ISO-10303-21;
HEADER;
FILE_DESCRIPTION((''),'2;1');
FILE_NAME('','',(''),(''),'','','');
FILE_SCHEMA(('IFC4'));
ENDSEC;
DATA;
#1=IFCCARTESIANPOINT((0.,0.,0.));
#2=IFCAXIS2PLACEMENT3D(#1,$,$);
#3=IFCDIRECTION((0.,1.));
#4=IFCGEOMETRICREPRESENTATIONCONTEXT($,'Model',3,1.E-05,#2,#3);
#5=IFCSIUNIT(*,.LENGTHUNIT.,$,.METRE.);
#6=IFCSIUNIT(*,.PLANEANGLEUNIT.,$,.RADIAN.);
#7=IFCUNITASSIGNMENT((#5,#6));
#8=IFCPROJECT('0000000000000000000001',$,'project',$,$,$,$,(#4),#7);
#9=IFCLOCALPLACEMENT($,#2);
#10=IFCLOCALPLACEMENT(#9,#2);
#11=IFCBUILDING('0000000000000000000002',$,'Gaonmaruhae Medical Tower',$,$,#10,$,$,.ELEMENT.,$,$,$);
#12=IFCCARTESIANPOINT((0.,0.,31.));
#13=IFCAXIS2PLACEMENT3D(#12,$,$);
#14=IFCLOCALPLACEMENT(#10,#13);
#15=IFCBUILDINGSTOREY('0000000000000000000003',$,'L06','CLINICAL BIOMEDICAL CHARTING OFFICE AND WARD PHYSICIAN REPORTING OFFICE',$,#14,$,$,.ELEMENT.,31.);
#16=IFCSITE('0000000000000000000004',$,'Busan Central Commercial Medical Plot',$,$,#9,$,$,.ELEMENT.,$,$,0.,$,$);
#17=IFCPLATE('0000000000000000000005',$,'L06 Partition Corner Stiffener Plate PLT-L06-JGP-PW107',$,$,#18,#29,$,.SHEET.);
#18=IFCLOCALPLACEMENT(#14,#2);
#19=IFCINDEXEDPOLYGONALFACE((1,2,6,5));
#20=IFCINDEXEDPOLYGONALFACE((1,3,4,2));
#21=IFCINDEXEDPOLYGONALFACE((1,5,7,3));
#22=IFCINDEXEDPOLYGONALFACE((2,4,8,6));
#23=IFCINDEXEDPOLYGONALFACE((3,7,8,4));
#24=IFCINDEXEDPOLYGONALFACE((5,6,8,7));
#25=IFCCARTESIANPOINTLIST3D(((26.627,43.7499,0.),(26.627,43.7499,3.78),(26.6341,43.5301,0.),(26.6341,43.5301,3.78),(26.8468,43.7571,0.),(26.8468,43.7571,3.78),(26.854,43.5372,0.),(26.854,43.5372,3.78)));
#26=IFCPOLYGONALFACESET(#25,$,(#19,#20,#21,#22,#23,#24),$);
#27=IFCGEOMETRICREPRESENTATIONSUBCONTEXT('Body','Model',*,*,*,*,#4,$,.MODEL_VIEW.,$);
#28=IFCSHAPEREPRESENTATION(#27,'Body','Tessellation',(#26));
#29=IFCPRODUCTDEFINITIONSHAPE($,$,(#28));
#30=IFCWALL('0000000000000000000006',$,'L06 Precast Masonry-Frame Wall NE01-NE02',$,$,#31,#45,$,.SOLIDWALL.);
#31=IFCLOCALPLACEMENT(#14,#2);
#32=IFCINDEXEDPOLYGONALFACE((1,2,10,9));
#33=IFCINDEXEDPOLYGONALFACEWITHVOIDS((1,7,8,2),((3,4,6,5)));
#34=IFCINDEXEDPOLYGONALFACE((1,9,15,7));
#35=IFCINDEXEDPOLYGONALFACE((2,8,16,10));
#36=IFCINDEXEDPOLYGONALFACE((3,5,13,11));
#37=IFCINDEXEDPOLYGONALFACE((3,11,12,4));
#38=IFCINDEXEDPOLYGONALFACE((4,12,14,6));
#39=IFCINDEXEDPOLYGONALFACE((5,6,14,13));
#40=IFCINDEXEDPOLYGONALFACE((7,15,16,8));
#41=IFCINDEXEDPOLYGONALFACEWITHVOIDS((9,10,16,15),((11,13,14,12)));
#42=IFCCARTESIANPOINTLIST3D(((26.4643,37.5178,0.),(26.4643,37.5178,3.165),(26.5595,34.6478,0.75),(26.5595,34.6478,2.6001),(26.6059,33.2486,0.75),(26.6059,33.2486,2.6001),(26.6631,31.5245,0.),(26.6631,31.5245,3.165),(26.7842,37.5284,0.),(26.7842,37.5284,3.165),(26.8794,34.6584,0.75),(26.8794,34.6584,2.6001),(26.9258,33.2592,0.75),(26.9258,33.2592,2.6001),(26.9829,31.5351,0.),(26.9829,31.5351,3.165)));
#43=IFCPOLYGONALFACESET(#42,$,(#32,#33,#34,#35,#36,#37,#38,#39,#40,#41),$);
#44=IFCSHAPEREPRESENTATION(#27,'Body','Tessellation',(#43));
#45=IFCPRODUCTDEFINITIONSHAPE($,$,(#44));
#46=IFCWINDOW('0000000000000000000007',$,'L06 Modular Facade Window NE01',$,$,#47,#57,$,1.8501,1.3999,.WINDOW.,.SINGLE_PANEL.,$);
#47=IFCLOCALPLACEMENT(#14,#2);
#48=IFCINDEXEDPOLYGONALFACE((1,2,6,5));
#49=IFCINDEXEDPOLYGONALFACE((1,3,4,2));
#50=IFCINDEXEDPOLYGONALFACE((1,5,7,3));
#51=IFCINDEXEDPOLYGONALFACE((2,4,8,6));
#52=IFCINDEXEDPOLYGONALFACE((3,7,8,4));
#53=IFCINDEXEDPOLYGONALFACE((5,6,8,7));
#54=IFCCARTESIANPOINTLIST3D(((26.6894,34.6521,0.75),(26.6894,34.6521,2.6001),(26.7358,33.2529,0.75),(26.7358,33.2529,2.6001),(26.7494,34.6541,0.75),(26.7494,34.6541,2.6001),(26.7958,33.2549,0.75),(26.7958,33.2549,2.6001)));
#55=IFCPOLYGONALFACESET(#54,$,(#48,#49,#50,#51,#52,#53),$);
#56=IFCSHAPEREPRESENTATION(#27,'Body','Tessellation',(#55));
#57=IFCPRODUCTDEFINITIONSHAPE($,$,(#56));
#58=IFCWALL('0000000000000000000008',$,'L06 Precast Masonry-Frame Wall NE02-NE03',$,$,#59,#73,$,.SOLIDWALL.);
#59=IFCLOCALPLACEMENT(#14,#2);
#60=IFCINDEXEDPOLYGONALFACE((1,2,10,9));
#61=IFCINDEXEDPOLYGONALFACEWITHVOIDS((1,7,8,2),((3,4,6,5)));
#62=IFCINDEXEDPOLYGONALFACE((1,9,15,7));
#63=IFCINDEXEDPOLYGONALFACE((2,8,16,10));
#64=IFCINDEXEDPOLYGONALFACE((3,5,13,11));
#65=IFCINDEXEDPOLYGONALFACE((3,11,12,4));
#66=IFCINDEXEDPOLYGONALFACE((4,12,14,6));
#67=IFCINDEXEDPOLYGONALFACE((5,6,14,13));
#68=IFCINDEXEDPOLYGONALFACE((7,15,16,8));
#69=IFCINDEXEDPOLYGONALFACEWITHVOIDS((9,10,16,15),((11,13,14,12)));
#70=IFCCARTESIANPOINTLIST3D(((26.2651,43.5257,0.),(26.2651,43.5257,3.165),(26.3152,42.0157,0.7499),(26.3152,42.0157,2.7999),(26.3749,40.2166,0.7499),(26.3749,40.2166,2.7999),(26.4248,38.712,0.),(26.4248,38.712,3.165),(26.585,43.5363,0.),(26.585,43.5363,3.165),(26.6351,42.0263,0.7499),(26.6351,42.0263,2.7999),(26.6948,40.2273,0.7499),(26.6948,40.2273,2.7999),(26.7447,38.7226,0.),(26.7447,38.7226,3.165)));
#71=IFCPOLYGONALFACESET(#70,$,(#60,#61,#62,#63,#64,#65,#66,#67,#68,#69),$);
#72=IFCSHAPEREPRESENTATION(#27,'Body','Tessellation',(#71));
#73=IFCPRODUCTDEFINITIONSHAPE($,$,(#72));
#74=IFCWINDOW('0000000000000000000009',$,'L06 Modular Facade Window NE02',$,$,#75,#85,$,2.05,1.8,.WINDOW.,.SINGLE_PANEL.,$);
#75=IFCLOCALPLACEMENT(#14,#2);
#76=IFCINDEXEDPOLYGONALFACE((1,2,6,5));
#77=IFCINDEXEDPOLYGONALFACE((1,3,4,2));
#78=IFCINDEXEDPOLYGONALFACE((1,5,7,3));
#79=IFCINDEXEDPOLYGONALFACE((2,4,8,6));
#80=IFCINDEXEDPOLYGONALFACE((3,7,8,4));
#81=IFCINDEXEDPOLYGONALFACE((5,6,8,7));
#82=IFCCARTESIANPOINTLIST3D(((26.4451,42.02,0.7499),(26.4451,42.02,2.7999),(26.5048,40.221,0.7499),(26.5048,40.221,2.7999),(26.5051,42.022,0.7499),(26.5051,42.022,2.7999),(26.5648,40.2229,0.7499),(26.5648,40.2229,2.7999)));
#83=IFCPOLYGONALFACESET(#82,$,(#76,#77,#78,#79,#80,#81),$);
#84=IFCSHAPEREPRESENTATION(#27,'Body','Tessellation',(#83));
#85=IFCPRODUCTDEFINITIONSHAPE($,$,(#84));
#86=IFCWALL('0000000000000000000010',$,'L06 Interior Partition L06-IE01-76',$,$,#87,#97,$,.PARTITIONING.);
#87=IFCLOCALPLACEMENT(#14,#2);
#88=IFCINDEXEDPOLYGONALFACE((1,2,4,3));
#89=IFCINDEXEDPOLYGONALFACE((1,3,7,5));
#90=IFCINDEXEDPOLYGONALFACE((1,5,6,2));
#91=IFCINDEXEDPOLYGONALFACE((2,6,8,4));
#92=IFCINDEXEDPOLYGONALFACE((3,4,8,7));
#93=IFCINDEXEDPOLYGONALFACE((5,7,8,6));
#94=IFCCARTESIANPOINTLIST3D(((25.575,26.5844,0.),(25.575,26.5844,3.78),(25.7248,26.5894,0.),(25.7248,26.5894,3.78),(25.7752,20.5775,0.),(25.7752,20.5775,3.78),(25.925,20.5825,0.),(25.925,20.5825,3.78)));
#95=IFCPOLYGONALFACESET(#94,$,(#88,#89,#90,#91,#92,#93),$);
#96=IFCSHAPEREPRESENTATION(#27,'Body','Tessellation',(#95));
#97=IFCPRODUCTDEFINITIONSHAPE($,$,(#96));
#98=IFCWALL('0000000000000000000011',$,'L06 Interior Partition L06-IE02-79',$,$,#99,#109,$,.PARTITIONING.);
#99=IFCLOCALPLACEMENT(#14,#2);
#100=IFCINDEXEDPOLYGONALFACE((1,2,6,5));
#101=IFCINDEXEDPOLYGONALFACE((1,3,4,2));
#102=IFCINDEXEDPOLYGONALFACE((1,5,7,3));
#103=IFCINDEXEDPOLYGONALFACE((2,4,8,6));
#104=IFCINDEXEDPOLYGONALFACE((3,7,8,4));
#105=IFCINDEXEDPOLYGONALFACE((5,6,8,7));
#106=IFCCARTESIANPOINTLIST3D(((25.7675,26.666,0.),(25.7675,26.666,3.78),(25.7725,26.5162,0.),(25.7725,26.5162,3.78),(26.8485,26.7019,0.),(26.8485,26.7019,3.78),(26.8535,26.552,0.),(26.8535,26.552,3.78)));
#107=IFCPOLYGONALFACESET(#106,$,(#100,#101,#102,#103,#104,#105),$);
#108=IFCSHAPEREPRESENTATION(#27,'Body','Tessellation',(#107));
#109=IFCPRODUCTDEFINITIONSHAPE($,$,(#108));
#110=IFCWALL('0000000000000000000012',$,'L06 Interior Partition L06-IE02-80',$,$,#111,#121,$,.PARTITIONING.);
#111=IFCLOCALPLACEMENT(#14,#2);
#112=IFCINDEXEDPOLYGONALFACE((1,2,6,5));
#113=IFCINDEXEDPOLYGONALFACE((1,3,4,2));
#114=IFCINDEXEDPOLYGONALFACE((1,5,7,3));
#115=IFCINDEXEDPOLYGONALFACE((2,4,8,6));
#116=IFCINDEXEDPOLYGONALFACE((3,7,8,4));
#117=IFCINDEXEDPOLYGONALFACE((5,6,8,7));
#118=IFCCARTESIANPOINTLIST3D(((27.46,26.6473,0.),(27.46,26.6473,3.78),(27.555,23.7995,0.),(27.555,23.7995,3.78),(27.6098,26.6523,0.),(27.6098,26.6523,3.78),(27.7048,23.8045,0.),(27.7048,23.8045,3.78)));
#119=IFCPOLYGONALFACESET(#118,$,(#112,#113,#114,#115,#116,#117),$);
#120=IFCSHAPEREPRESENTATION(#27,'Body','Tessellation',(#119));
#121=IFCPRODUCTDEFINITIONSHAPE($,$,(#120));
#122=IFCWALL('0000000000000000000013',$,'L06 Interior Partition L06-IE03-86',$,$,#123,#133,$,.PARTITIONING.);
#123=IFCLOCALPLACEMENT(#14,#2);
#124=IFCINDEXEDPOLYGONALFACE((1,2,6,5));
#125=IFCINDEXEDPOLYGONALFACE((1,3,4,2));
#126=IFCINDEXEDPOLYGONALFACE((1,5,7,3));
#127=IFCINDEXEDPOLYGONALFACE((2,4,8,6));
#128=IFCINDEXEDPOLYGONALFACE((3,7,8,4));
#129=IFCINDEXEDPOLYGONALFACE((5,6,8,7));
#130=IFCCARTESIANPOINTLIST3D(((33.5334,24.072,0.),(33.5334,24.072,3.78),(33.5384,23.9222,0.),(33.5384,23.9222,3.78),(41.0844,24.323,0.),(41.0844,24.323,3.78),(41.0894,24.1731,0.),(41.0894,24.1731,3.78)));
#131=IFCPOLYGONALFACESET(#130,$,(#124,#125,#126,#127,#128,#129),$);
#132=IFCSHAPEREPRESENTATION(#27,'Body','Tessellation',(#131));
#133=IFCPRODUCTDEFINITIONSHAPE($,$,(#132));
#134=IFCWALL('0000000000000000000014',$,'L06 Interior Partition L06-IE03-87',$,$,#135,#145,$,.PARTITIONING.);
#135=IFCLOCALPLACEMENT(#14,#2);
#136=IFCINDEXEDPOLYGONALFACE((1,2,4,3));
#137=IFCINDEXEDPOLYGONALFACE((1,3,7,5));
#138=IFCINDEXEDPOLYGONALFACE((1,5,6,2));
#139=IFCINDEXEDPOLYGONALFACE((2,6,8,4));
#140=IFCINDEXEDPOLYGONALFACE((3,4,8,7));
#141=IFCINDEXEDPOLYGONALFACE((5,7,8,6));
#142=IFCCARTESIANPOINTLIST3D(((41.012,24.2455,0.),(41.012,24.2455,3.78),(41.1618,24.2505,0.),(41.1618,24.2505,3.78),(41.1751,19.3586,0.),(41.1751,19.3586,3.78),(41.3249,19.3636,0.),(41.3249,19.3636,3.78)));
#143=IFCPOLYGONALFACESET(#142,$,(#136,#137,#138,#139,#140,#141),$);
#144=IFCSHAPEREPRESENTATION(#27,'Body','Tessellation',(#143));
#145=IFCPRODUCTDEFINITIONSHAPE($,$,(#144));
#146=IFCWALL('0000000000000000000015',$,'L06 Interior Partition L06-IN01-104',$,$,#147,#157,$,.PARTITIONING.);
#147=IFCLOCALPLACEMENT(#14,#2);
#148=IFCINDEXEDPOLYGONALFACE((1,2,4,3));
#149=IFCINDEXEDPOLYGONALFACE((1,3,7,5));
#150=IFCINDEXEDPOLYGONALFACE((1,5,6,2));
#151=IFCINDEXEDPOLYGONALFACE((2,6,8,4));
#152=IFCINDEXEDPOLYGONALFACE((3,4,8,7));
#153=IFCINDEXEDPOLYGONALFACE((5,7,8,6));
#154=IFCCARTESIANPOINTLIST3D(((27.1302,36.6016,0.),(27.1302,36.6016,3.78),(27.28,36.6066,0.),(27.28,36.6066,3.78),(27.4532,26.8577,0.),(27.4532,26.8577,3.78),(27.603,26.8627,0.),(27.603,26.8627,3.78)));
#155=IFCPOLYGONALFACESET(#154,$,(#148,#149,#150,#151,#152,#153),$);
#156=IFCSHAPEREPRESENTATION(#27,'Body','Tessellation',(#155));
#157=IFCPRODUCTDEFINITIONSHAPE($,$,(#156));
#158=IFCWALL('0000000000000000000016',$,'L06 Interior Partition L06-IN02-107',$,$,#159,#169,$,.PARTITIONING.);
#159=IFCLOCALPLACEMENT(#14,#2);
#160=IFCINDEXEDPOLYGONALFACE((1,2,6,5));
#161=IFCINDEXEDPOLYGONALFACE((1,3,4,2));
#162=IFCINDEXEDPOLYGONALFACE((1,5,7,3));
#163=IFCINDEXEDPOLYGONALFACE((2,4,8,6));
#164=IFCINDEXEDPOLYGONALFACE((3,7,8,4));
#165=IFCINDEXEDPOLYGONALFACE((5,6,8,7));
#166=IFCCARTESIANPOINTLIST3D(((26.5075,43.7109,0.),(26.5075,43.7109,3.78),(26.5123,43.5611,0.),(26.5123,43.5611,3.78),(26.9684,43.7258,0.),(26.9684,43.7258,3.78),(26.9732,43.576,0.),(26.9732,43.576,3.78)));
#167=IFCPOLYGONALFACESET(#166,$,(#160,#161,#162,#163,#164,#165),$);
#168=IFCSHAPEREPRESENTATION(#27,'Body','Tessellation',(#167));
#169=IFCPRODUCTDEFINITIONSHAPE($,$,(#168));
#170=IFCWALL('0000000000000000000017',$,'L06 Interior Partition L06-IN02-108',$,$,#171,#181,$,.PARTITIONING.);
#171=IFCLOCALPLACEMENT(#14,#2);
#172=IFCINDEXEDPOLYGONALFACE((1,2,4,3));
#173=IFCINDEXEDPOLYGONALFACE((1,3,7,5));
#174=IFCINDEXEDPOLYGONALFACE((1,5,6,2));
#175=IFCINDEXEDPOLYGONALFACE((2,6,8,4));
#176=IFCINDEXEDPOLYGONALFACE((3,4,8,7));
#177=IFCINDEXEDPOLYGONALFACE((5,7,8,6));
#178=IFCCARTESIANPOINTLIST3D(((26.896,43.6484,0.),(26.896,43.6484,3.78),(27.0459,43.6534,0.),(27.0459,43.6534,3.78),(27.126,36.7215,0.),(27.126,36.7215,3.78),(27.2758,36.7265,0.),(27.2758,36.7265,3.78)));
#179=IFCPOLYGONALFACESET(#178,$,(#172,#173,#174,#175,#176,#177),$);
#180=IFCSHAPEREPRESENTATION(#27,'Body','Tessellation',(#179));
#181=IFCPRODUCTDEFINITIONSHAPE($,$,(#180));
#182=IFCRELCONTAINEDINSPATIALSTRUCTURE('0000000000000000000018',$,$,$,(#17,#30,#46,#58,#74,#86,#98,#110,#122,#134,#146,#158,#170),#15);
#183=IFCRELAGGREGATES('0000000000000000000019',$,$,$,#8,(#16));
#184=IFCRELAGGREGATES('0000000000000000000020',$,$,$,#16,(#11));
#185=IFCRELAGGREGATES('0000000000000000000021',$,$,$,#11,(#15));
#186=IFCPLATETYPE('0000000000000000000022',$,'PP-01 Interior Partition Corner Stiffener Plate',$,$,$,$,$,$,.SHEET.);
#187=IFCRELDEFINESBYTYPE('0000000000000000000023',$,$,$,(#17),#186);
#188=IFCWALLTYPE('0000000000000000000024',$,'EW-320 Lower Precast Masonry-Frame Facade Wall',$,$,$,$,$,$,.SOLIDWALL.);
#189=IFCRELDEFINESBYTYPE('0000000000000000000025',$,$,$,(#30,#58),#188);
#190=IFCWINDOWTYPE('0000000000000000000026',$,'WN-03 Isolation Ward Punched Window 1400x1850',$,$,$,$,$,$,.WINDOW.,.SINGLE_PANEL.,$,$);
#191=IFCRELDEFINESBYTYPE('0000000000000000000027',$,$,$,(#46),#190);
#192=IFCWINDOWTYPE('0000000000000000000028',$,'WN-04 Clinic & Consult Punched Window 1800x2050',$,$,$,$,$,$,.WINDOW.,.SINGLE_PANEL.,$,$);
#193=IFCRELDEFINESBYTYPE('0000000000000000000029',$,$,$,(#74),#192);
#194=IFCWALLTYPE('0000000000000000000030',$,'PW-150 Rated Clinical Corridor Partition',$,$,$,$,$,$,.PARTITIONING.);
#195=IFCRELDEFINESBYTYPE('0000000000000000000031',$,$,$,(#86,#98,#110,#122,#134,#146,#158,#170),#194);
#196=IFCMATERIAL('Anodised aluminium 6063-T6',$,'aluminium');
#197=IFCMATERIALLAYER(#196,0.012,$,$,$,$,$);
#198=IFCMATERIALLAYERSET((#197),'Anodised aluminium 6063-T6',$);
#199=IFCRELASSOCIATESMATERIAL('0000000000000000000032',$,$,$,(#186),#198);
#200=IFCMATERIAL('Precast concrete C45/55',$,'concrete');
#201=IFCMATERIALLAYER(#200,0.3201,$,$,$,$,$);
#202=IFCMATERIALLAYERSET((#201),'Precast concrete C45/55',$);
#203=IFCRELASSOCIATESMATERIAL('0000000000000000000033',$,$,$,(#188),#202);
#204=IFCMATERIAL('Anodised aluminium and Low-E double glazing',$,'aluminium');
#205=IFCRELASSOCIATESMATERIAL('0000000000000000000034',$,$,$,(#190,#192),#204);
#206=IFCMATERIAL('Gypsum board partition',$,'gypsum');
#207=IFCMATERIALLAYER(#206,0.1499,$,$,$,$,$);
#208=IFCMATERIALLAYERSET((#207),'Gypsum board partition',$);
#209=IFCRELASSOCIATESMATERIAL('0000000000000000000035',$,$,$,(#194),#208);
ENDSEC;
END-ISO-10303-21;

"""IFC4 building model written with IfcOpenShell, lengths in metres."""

from ifc_helpers import new_model, si_unit, direction, frame, frame_2d, origin, origin_2d, place, context, subcontext, project, spatial, rectangle, extrude, material, layer, layer_set, type_object, element, fill, save


model = new_model("IFC4")

# Units and contexts
model_context = context("Model", 3, precision=1e-05, world=origin(), true_north=direction((0.0, 1.0)))
body_context = subcontext(model_context, "Body", "Model", "MODEL_VIEW")
ifc_project = project(units=[si_unit("LENGTHUNIT", "METRE"), si_unit("PLANEANGLEUNIT", "RADIAN")], contexts=[model_context])

# Site, building, storey
site_placement = place(None, origin())
site = spatial("IfcSite", under=ifc_project, at=site_placement, Name="Busan Central Commercial Medical Plot", CompositionType="ELEMENT", RefElevation=0.0)
building_placement = place(site_placement, origin())
building = spatial("IfcBuilding", under=site, at=building_placement, Name="Gaonmaruhae Medical Tower", CompositionType="ELEMENT")
storey_placement = place(building_placement, frame((0.0, 0.0, 31.0)))
storey = spatial("IfcBuildingStorey", under=building, at=storey_placement, Name="L06", Description="CLINICAL BIOMEDICAL CHARTING OFFICE AND WARD PHYSICIAN REPORTING OFFICE", CompositionType="ELEMENT", Elevation=31.0)

# Plate
ifc_material_1 = material(Name="Anodised aluminium 6063-T6", Category="aluminium")
ifc_layer_1 = layer(ifc_material_1, 0.012)
ifc_layer_set_1 = layer_set([ifc_layer_1], Name="Anodised aluminium 6063-T6")
plate_type = type_object("IfcPlateType", Name="PP-01 Interior Partition Corner Stiffener Plate", PredefinedType="SHEET", material=ifc_layer_set_1)
plate_placement = place(storey_placement, frame((26.7405, 43.6436, 0.0), z_axis=(0.0, 0.0, 1.0), x_axis=(0.999471, 0.032527, 0.0)))
element("IfcPlate", 1, at=plate_placement, inside=storey, type_object=plate_type, Name="L06 Partition Corner Stiffener Plate PLT-L06-JGP-PW107", PredefinedType="SHEET", context=body_context, shape_type="SweptSolid", body=[
    extrude(rectangle(XDim=0.22, YDim=0.22, at=origin_2d()), origin(), (0.0, 0.0, 1.0), 3.78),
])

# Walls, openings, windows
ifc_material_2 = material(Name="Precast concrete C45/55", Category="concrete")
ifc_layer_2 = layer(ifc_material_2, 0.3201)
ifc_layer_set_2 = layer_set([ifc_layer_2], Name="Precast concrete C45/55")
wall_type_1 = type_object("IfcWallType", Name="EW-320 Lower Precast Masonry-Frame Facade Wall", PredefinedType="SOLIDWALL", material=ifc_layer_set_2)
wall_1_placement = place(storey_placement, frame((26.823, 31.5298, 0.0), z_axis=(0.0, 0.0, 1.0), x_axis=(-0.03314, 0.999451, 0.0)))
wall_1 = element("IfcWall", 2, at=wall_1_placement, inside=storey, type_object=wall_type_1, Name="L06 Precast Masonry-Frame Wall NE01-NE02", PredefinedType="SOLIDWALL", context=body_context, shape_type="SweptSolid", body=[
    extrude(rectangle(XDim=5.9966, YDim=0.3201, at=frame_2d((2.9983, 0.0))), origin(), (0.0, 0.0, 1.0), 3.165),
])
opening_1_placement = place(wall_1_placement, frame((1.7251, 0.0, 0.75)))
opening_1 = element("IfcOpeningElement", 3, at=opening_1_placement, cuts=wall_1, PredefinedType="OPENING", context=body_context, shape_type="SweptSolid", body=[
    extrude(rectangle(XDim=1.3999, YDim=1.8501, at=frame_2d((0.7, 0.925))), frame((0.0, 0.1699, 0.0), z_axis=(0.0, -1.0, 0.0), x_axis=(1.0, 0.0, 0.0)), (0.0, 0.0, 1.0), 0.3401),
])
ifc_material_3 = material(Name="Anodised aluminium and Low-E double glazing", Category="aluminium")
window_type_1 = type_object("IfcWindowType", Name="WN-03 Isolation Ward Punched Window 1400x1850", PartitioningType="SINGLE_PANEL", PredefinedType="WINDOW", material=ifc_material_3)
window_1_placement = place(opening_1_placement, origin())
window_1 = element("IfcWindow", 4, at=window_1_placement, inside=storey, type_object=window_type_1, Name="L06 Modular Facade Window NE01", OverallHeight=1.8501, OverallWidth=1.3999, PartitioningType="SINGLE_PANEL", PredefinedType="WINDOW", context=body_context, shape_type="SweptSolid", body=[
    extrude(rectangle(XDim=1.3999, YDim=1.8501, at=frame_2d((0.7, 0.925))), frame((0.0, 0.03, 0.0), z_axis=(0.0, -1.0, 0.0), x_axis=(1.0, 0.0, 0.0)), (0.0, 0.0, 1.0), 0.0601),
])
fill(opening_1, window_1)
wall_2_placement = place(storey_placement, frame((26.5847, 38.7173, 0.0), z_axis=(0.0, 0.0, 1.0), x_axis=(-0.033151, 0.99945, 0.0)))
wall_2 = element("IfcWall", 5, at=wall_2_placement, inside=storey, type_object=wall_type_1, Name="L06 Precast Masonry-Frame Wall NE02-NE03", PredefinedType="SOLIDWALL", context=body_context, shape_type="SweptSolid", body=[
    extrude(rectangle(XDim=4.8164, YDim=0.3201, at=frame_2d((2.4082, 0.0))), origin(), (0.0, 0.0, 1.0), 3.165),
])
opening_2_placement = place(wall_2_placement, frame((1.5056, 0.0, 0.75)))
opening_2 = element("IfcOpeningElement", 6, at=opening_2_placement, cuts=wall_2, PredefinedType="OPENING", context=body_context, shape_type="SweptSolid", body=[
    extrude(rectangle(XDim=1.8, YDim=2.05, at=frame_2d((0.8999, 1.0249))), frame((0.0, 0.1699, 0.0), z_axis=(0.0, -1.0, 0.0), x_axis=(1.0, 0.0, 0.0)), (0.0, 0.0, 1.0), 0.3401),
])
window_type_2 = type_object("IfcWindowType", Name="WN-04 Clinic & Consult Punched Window 1800x2050", PartitioningType="SINGLE_PANEL", PredefinedType="WINDOW", material=ifc_material_3)
window_2_placement = place(opening_2_placement, origin())
window_2 = element("IfcWindow", 7, at=window_2_placement, inside=storey, type_object=window_type_2, Name="L06 Modular Facade Window NE02", OverallHeight=2.05, OverallWidth=1.8, PartitioningType="SINGLE_PANEL", PredefinedType="WINDOW", context=body_context, shape_type="SweptSolid", body=[
    extrude(rectangle(XDim=1.8, YDim=2.05, at=frame_2d((0.8999, 1.0249))), frame((0.0, 0.03, 0.0), z_axis=(0.0, -1.0, 0.0), x_axis=(1.0, 0.0, 0.0)), (0.0, 0.0, 1.0), 0.0601),
])
fill(opening_2, window_2)

# Walls
ifc_material_4 = material(Name="Gypsum board partition", Category="gypsum")
ifc_layer_3 = layer(ifc_material_4, 0.1499)
ifc_layer_set_3 = layer_set([ifc_layer_3], Name="Gypsum board partition")
wall_type_2 = type_object("IfcWallType", Name="PW-150 Rated Clinical Corridor Partition", PredefinedType="PARTITIONING", material=ifc_layer_set_3)
wall_3_placement = place(storey_placement, frame((25.6499, 26.5869, 0.0), z_axis=(0.0, 0.0, 1.0), x_axis=(0.033309, -0.999445, 0.0)))
element("IfcWall", 8, at=wall_3_placement, inside=storey, type_object=wall_type_2, Name="L06 Interior Partition L06-IE01-76", PredefinedType="PARTITIONING", context=body_context, shape_type="SweptSolid", body=[
    extrude(rectangle(XDim=6.0103, YDim=0.1499, at=frame_2d((3.0051, 0.0))), origin(), (0.0, 0.0, 1.0), 3.78),
])
wall_4_placement = place(storey_placement, frame((25.77, 26.5911, 0.0), z_axis=(0.0, 0.0, 1.0), x_axis=(0.999449, 0.03318, 0.0)))
element("IfcWall", 9, at=wall_4_placement, inside=storey, type_object=wall_type_2, Name="L06 Interior Partition L06-IE02-79", PredefinedType="PARTITIONING", context=body_context, shape_type="SweptSolid", body=[
    extrude(rectangle(XDim=1.0815, YDim=0.1499, at=frame_2d((0.5408, 0.0))), origin(), (0.0, 0.0, 1.0), 3.78),
])
wall_5_placement = place(storey_placement, frame((27.5349, 26.6499, 0.0), z_axis=(0.0, 0.0, 1.0), x_axis=(0.033329, -0.999444, 0.0)))
element("IfcWall", 10, at=wall_5_placement, inside=storey, type_object=wall_type_2, Name="L06 Interior Partition L06-IE02-80", PredefinedType="PARTITIONING", context=body_context, shape_type="SweptSolid", body=[
    extrude(rectangle(XDim=2.8494, YDim=0.1499, at=frame_2d((1.4248, 0.0))), origin(), (0.0, 0.0, 1.0), 3.78),
])
wall_6_placement = place(storey_placement, frame((33.5359, 23.9971, 0.0), z_axis=(0.0, 0.0, 1.0), x_axis=(0.999448, 0.033219, 0.0)))
element("IfcWall", 11, at=wall_6_placement, inside=storey, type_object=wall_type_2, Name="L06 Interior Partition L06-IE03-86", PredefinedType="PARTITIONING", context=body_context, shape_type="SweptSolid", body=[
    extrude(rectangle(XDim=7.5552, YDim=0.1499, at=frame_2d((3.7776, 0.0))), origin(), (0.0, 0.0, 1.0), 3.78),
])
wall_7_placement = place(storey_placement, frame((41.0869, 24.248, 0.0), z_axis=(0.0, 0.0, 1.0), x_axis=(0.033353, -0.999444, 0.0)))
element("IfcWall", 12, at=wall_7_placement, inside=storey, type_object=wall_type_2, Name="L06 Interior Partition L06-IE03-87", PredefinedType="PARTITIONING", context=body_context, shape_type="SweptSolid", body=[
    extrude(rectangle(XDim=4.8896, YDim=0.1499, at=frame_2d((2.4448, 0.0))), origin(), (0.0, 0.0, 1.0), 3.78),
])
wall_8_placement = place(storey_placement, frame((27.2051, 36.604, 0.0), z_axis=(0.0, 0.0, 1.0), x_axis=(0.033131, -0.999451, 0.0)))
element("IfcWall", 13, at=wall_8_placement, inside=storey, type_object=wall_type_2, Name="L06 Interior Partition L06-IN01-104", PredefinedType="PARTITIONING", context=body_context, shape_type="SweptSolid", body=[
    extrude(rectangle(XDim=9.7493, YDim=0.1499, at=frame_2d((4.8745, 0.0))), origin(), (0.0, 0.0, 1.0), 3.78),
])
wall_9_placement = place(storey_placement, frame((26.51, 43.636, 0.0), z_axis=(0.0, 0.0, 1.0), x_axis=(0.999478, 0.032292, 0.0)))
element("IfcWall", 14, at=wall_9_placement, inside=storey, type_object=wall_type_2, Name="L06 Interior Partition L06-IN02-107", PredefinedType="PARTITIONING", context=body_context, shape_type="SweptSolid", body=[
    extrude(rectangle(XDim=0.4612, YDim=0.1499, at=frame_2d((0.2305, 0.0))), origin(), (0.0, 0.0, 1.0), 3.78),
])
wall_10_placement = place(storey_placement, frame((26.9709, 43.6509, 0.0), z_axis=(0.0, 0.0, 1.0), x_axis=(0.033183, -0.999449, 0.0)))
element("IfcWall", 15, at=wall_10_placement, inside=storey, type_object=wall_type_2, Name="L06 Interior Partition L06-IN02-108", PredefinedType="PARTITIONING", context=body_context, shape_type="SweptSolid", body=[
    extrude(rectangle(XDim=6.9307, YDim=0.1499, at=frame_2d((3.4653, 0.0))), origin(), (0.0, 0.0, 1.0), 3.78),
])

save(model, "model.ifc")
